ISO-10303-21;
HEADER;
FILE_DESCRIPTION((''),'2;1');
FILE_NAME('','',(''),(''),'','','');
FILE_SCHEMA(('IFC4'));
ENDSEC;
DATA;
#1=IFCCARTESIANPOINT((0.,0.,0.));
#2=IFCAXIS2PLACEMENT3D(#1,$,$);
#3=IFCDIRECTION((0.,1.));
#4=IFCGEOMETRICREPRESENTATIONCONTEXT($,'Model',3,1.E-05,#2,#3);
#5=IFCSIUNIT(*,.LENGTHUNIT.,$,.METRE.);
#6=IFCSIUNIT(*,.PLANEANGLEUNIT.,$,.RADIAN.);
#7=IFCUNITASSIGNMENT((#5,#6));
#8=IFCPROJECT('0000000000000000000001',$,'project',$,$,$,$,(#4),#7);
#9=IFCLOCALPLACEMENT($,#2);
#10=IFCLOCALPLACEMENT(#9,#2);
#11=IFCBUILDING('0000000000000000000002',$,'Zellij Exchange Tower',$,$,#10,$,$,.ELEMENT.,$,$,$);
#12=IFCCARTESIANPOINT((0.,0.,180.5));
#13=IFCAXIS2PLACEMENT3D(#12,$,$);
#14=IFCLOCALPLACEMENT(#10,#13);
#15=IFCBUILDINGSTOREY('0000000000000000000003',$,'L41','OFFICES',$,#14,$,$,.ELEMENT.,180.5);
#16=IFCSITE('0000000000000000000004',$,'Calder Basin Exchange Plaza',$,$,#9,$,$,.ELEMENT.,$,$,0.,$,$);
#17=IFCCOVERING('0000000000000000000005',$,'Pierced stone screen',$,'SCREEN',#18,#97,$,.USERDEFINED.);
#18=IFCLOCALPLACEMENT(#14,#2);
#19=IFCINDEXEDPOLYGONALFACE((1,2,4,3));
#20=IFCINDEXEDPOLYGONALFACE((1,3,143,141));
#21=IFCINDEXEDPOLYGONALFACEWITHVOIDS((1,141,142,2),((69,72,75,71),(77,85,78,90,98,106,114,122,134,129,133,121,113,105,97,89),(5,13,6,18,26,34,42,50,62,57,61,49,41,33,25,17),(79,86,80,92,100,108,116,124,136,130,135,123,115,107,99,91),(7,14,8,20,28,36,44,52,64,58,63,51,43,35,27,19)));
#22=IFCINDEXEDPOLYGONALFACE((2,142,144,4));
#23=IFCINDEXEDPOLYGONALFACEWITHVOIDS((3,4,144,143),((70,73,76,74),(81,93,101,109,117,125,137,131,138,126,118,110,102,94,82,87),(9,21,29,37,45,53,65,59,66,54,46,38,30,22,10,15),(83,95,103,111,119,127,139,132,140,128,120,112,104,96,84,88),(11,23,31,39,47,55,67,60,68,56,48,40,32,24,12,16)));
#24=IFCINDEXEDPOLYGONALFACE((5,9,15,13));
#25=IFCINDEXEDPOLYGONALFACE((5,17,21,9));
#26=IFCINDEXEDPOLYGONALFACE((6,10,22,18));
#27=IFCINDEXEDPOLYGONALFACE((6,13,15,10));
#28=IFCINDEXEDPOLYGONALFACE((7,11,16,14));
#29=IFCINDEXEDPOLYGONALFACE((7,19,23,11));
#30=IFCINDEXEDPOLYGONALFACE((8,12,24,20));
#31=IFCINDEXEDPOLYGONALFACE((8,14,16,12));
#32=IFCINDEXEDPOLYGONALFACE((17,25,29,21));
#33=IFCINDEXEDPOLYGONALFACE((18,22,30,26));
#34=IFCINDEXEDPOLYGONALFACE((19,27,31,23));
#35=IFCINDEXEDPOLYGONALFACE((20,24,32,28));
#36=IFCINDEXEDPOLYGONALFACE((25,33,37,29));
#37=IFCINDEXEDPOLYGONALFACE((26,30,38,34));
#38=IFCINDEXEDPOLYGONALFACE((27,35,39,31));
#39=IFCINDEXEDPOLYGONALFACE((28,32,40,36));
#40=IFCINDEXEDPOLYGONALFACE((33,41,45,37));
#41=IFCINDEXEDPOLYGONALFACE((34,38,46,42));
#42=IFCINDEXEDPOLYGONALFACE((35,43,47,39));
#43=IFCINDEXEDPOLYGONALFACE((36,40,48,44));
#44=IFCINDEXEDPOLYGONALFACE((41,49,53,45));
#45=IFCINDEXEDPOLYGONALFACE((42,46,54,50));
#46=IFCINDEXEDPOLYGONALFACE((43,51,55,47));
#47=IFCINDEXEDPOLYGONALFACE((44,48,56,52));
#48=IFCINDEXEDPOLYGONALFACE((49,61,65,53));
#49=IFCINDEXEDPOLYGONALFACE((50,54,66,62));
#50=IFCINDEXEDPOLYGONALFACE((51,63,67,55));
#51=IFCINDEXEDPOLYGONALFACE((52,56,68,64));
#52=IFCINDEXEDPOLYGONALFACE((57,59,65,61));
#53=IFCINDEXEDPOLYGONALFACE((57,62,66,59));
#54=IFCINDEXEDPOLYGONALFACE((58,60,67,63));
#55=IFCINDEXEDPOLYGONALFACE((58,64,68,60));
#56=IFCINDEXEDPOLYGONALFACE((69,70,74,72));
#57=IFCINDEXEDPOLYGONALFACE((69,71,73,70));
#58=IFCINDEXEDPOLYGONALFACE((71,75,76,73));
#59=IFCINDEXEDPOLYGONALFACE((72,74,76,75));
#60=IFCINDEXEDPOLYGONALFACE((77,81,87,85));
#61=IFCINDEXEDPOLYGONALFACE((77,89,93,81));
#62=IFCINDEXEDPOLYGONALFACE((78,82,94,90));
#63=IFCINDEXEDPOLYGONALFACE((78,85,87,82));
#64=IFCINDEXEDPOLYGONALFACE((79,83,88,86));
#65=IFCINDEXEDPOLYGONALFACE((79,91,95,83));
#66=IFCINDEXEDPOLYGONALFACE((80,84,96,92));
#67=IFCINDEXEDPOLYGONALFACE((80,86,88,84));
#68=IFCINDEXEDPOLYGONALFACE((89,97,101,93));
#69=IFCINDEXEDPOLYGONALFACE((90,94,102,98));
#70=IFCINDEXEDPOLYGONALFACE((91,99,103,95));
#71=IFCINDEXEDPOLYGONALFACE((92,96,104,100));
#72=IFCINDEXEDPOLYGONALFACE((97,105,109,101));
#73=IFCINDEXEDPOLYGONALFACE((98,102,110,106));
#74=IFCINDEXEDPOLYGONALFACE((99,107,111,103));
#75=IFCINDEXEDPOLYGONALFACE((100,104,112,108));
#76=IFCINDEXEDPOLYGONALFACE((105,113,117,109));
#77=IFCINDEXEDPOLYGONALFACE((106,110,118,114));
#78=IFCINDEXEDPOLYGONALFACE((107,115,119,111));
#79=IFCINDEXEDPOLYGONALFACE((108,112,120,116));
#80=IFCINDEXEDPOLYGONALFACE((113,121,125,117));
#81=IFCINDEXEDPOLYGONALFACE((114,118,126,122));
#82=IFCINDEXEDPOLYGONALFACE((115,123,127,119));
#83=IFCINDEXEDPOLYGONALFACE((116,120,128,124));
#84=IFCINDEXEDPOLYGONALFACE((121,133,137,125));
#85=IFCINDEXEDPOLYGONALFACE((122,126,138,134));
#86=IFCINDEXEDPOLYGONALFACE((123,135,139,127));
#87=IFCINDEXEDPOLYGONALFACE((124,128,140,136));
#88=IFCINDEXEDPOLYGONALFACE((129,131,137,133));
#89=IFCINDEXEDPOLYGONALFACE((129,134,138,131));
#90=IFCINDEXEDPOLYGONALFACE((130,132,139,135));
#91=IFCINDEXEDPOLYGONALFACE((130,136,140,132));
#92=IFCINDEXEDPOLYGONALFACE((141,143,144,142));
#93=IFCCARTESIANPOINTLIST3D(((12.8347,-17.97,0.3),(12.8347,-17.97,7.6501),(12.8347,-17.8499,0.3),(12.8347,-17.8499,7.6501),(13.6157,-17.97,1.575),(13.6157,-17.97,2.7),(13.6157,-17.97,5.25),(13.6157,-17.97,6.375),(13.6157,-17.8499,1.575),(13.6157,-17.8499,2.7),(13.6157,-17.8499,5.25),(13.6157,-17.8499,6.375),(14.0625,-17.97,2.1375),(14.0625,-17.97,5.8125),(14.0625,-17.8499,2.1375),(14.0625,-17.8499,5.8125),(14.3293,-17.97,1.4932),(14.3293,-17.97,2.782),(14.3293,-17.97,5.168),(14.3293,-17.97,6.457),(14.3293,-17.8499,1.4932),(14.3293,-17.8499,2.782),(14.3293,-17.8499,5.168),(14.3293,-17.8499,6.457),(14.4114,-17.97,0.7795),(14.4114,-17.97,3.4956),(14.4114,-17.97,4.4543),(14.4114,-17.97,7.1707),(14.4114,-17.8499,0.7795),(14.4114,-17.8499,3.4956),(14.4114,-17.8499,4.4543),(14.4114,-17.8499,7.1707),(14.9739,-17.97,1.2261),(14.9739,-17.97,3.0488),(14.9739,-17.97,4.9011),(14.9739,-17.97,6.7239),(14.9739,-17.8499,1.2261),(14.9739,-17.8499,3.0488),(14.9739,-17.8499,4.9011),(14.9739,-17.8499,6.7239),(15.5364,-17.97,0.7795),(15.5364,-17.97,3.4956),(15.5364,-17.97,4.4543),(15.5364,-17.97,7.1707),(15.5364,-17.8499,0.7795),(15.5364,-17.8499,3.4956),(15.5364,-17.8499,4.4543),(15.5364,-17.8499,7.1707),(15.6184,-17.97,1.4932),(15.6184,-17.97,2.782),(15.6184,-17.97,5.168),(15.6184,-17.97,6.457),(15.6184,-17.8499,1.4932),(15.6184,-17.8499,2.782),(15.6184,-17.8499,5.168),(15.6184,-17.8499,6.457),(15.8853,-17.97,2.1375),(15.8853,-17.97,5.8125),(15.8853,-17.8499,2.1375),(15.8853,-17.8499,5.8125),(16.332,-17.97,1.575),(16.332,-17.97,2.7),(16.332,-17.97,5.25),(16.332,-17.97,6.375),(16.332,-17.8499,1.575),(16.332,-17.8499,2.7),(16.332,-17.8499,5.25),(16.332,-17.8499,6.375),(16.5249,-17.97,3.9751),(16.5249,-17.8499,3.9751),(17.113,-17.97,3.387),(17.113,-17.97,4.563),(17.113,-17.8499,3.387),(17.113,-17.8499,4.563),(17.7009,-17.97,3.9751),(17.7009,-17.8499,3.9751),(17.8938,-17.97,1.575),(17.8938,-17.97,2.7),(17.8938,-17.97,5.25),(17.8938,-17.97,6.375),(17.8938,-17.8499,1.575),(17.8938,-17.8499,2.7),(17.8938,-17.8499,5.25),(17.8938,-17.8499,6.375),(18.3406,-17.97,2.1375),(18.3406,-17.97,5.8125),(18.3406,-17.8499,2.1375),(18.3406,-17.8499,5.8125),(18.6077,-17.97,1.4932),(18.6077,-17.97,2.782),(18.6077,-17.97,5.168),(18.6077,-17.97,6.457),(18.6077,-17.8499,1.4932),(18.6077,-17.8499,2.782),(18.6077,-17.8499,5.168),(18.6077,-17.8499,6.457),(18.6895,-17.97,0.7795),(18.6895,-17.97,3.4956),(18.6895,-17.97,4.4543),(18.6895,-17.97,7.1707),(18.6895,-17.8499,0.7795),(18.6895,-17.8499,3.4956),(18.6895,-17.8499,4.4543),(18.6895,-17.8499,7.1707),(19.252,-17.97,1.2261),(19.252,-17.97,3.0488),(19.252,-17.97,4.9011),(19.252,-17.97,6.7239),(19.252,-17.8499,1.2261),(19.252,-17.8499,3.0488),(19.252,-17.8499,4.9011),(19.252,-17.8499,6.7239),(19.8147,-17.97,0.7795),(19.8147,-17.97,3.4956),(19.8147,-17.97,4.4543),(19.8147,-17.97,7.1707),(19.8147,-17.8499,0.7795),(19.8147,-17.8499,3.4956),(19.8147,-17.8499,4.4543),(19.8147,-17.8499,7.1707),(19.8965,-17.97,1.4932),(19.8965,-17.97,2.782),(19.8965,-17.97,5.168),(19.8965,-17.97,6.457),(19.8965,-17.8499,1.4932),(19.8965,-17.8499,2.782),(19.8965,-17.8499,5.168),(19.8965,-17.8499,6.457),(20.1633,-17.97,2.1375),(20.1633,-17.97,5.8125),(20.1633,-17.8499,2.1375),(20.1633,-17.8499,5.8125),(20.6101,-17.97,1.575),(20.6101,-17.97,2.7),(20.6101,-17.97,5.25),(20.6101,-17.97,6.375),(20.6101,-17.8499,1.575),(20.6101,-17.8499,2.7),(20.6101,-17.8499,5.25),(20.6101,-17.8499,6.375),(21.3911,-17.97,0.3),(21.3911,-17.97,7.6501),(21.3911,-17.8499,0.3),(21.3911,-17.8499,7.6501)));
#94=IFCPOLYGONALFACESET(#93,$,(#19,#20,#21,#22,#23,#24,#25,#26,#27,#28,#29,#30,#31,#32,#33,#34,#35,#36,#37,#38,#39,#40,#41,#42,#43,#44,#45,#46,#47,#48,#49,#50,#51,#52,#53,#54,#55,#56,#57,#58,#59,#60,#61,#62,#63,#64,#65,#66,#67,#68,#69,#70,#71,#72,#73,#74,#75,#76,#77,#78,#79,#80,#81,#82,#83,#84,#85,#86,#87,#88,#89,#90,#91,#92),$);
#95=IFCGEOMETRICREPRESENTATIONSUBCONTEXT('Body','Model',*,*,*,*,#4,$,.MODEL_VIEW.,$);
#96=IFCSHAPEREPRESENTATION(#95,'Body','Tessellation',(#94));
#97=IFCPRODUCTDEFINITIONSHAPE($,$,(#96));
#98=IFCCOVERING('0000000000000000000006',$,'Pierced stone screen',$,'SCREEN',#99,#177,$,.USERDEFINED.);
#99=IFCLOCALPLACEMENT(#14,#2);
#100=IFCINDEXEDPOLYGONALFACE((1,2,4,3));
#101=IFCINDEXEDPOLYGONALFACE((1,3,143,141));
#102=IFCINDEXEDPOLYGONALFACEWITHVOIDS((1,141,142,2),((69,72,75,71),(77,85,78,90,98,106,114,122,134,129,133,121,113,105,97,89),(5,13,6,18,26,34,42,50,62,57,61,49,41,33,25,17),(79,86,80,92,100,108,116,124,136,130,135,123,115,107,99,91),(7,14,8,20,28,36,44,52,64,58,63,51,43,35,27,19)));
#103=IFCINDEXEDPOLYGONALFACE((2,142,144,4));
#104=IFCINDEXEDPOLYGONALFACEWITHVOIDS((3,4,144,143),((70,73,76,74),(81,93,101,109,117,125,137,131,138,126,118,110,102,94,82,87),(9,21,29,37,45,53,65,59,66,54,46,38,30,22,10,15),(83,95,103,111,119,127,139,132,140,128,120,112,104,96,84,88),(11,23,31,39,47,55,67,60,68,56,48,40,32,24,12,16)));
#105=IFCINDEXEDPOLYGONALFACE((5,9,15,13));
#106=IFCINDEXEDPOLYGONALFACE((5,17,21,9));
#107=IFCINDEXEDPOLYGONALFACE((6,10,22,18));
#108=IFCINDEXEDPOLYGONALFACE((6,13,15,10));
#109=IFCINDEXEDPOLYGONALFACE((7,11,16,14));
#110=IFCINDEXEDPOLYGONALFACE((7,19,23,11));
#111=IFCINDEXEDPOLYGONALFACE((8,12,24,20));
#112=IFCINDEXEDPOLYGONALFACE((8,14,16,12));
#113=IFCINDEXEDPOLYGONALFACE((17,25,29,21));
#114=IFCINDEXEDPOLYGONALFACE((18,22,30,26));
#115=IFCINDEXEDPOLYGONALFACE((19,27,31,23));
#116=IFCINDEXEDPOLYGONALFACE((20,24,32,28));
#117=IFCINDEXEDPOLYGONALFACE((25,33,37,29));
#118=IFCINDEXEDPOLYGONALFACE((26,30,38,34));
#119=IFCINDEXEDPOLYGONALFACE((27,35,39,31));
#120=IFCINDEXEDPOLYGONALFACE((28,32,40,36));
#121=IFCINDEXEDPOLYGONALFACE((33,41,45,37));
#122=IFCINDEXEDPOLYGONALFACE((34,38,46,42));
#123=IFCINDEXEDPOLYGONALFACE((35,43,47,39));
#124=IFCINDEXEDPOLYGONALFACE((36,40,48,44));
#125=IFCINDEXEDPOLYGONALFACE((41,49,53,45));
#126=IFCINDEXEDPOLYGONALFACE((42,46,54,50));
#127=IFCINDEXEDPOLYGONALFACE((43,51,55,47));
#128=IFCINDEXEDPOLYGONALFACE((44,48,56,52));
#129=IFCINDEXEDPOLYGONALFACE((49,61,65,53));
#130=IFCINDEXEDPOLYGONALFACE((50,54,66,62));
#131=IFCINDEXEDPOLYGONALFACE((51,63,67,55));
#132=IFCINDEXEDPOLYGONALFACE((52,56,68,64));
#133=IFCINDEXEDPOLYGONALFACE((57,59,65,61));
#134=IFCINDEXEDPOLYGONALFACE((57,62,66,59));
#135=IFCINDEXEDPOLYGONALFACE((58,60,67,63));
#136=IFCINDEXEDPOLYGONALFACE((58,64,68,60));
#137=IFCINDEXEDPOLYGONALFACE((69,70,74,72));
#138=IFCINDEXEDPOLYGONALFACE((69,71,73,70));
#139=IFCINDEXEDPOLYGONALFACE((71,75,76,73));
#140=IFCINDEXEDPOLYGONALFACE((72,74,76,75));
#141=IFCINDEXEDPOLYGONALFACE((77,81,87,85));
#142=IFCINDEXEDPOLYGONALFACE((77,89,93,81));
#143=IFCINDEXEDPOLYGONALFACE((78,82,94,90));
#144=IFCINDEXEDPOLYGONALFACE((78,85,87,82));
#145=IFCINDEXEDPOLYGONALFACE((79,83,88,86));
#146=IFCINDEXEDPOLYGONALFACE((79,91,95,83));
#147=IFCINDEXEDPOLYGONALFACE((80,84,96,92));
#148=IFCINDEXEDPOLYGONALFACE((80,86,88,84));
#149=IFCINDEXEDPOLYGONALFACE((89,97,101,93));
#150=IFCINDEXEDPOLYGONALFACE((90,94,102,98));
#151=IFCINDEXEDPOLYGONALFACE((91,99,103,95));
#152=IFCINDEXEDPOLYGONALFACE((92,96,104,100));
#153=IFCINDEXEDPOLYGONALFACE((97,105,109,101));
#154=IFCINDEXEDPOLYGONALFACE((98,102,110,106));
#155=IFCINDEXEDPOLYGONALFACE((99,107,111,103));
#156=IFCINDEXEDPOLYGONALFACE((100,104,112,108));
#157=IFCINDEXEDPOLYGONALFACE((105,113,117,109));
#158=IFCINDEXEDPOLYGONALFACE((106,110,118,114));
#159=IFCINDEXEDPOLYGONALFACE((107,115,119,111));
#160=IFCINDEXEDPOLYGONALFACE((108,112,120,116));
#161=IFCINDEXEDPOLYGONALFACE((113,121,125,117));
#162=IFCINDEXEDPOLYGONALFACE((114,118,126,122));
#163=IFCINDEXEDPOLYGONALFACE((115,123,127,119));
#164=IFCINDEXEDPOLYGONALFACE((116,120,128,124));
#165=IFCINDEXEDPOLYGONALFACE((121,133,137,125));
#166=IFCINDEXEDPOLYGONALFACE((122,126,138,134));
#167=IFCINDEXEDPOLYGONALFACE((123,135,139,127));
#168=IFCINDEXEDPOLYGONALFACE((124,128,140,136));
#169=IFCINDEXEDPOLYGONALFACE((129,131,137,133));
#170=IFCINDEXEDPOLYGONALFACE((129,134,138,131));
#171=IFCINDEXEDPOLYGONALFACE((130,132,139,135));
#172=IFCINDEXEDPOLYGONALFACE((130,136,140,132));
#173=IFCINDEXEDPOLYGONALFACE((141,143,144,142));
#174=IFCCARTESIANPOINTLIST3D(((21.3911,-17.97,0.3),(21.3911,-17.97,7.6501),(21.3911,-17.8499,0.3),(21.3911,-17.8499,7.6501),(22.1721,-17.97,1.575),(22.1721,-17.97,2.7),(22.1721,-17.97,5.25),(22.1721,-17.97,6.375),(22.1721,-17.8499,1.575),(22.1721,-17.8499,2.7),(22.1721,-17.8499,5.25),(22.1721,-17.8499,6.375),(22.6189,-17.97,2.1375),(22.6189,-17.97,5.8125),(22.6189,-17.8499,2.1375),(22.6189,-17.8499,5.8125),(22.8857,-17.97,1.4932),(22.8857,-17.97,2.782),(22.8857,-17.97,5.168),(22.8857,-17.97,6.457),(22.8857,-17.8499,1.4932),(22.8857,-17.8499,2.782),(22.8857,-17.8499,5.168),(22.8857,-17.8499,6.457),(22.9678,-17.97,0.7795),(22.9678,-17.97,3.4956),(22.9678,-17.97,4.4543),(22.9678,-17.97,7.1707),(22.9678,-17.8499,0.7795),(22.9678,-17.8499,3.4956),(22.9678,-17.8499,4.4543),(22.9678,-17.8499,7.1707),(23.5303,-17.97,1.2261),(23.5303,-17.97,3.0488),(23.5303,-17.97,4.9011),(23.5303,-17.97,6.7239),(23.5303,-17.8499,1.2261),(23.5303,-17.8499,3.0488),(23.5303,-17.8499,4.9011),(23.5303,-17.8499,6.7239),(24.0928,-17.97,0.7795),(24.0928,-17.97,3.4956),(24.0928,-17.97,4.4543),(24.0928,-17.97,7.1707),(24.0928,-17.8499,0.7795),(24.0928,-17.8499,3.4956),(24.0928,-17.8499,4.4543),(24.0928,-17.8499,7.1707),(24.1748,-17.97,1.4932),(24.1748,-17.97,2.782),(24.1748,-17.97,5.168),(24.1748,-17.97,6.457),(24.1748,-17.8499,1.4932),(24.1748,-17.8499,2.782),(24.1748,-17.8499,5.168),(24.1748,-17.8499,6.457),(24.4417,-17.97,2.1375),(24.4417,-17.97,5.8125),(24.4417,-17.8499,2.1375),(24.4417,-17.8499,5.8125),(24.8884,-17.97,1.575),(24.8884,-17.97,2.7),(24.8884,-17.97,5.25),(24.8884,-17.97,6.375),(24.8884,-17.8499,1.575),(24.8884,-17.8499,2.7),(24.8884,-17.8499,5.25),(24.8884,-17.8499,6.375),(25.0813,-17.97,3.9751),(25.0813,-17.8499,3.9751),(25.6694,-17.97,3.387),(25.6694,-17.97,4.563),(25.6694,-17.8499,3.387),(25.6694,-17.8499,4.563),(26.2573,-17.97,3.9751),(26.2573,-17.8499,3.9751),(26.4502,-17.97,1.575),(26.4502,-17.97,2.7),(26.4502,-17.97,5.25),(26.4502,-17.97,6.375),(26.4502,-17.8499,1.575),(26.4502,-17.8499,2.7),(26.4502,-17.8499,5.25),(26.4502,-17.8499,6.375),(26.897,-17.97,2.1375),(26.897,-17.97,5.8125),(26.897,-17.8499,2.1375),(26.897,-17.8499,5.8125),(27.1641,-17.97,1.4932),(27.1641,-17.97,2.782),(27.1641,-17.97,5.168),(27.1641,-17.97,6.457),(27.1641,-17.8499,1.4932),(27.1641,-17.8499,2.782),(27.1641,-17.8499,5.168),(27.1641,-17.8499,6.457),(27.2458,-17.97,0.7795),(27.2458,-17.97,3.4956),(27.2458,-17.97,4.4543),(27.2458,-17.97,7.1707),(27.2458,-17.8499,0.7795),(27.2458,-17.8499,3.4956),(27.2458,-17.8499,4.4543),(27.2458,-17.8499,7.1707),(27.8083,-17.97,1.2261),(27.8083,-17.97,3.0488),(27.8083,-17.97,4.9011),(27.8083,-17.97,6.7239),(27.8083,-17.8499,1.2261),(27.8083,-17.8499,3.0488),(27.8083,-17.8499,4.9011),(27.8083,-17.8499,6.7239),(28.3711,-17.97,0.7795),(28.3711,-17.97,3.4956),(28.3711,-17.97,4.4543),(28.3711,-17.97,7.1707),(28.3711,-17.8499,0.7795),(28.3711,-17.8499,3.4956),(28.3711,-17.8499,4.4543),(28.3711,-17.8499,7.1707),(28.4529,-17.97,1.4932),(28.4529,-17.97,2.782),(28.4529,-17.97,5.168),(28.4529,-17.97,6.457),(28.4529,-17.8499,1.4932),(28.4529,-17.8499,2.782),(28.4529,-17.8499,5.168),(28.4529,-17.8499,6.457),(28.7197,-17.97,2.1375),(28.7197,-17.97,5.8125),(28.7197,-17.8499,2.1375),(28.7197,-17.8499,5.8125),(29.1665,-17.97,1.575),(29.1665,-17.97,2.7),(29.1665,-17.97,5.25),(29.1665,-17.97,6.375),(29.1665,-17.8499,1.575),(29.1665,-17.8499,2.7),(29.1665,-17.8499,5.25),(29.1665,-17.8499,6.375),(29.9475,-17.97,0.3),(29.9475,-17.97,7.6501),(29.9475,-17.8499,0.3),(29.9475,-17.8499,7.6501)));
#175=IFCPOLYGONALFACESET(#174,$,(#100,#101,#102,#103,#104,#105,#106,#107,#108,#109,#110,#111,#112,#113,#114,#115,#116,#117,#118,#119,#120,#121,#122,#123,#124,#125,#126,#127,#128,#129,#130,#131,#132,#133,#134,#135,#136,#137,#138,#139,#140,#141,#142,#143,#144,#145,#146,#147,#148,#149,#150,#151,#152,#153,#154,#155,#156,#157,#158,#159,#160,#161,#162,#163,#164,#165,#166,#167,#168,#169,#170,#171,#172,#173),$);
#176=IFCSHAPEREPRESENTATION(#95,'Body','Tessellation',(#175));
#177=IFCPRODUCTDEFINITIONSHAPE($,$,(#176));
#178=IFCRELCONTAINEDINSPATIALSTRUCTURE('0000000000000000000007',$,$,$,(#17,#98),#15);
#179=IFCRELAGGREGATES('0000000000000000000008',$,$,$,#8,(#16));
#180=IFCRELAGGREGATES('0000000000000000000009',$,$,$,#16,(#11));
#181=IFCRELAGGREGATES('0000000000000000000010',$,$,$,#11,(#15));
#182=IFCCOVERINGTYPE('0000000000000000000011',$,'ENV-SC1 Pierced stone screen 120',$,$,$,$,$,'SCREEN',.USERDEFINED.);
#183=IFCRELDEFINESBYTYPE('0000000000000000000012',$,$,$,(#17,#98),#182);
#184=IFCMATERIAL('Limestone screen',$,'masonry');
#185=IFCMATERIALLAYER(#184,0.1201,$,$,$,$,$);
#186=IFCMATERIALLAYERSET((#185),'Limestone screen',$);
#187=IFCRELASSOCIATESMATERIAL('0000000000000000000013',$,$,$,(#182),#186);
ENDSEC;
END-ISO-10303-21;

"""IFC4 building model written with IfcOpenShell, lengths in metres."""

from ifc_helpers import new_model, si_unit, direction, frame, origin, place, context, subcontext, project, spatial, polyline, outline, extrude, material, layer, layer_set, type_object, element, save


model = new_model("IFC4")

# Units and contexts
model_context = context("Model", 3, precision=1e-05, world=origin(), true_north=direction((0.0, 1.0)))
body_context = subcontext(model_context, "Body", "Model", "MODEL_VIEW")
ifc_project = project(units=[si_unit("LENGTHUNIT", "METRE"), si_unit("PLANEANGLEUNIT", "RADIAN")], contexts=[model_context])

# Site, building, storey
site_placement = place(None, origin())
site = spatial("IfcSite", under=ifc_project, at=site_placement, Name="Calder Basin Exchange Plaza", CompositionType="ELEMENT", RefElevation=0.0)
building_placement = place(site_placement, origin())
building = spatial("IfcBuilding", under=site, at=building_placement, Name="Zellij Exchange Tower", CompositionType="ELEMENT")
storey_placement = place(building_placement, frame((0.0, 0.0, 180.5)))
storey = spatial("IfcBuildingStorey", under=building, at=storey_placement, Name="L41", Description="OFFICES", CompositionType="ELEMENT", Elevation=180.5)

# Coverings
ifc_material_1 = material(Name="Limestone screen", Category="masonry")
ifc_layer_1 = layer(ifc_material_1, 0.1201)
ifc_layer_set_1 = layer_set([ifc_layer_1], Name="Limestone screen")
covering_type = type_object("IfcCoveringType", Name="ENV-SC1 Pierced stone screen 120", ElementType="SCREEN", PredefinedType="USERDEFINED", material=ifc_layer_set_1)
covering_1_placement = place(storey_placement, frame((12.8347, -17.9099, 0.3), z_axis=(0.0, 0.0, 1.0), x_axis=(1.0, 0.0, 0.0)))
element("IfcCovering", 1, at=covering_1_placement, inside=storey, type_object=covering_type, Name="Pierced stone screen", ObjectType="SCREEN", PredefinedType="USERDEFINED", context=body_context, shape_type="SweptSolid", body=[
    extrude(outline(polyline([(0.0, 0.0), (8.5564, 0.0), (8.5564, 7.3501), (0.0, 7.3501), (0.0, 0.0)]), holes=[polyline([(3.4973, 2.3999), (2.7837, 2.4819), (2.7017, 3.1956), (2.1392, 2.7488), (1.5767, 3.1956), (1.4946, 2.4819), (0.781, 2.3999), (1.2278, 1.8374), (0.781, 1.2749), (1.4946, 1.1931), (1.5767, 0.4795), (2.1392, 0.926), (2.7017, 0.4795), (2.7837, 1.1931), (3.4973, 1.2749), (3.0505, 1.8374), (3.4973, 2.3999)]), polyline([(3.4973, 6.075), (2.7837, 6.157), (2.7017, 6.8706), (2.1392, 6.4238), (1.5767, 6.8706), (1.4946, 6.157), (0.781, 6.075), (1.2278, 5.5125), (0.781, 4.95), (1.4946, 4.8679), (1.5767, 4.1543), (2.1392, 4.6011), (2.7017, 4.1543), (2.7837, 4.8679), (3.4973, 4.95), (3.0505, 5.5125), (3.4973, 6.075)]), polyline([(7.7754, 2.3999), (7.0618, 2.4819), (6.98, 3.1956), (6.4172, 2.7488), (5.8547, 3.1956), (5.7729, 2.4819), (5.0591, 2.3999), (5.5059, 1.8374), (5.0591, 1.2749), (5.7729, 1.1931), (5.8547, 0.4795), (6.4172, 0.926), (6.98, 0.4795), (7.0618, 1.1931), (7.7754, 1.2749), (7.3286, 1.8374), (7.7754, 2.3999)]), polyline([(7.7754, 6.075), (7.0618, 6.157), (6.98, 6.8706), (6.4172, 6.4238), (5.8547, 6.8706), (5.7729, 6.157), (5.0591, 6.075), (5.5059, 5.5125), (5.0591, 4.95), (5.7729, 4.8679), (5.8547, 4.1543), (6.4172, 4.6011), (6.98, 4.1543), (7.0618, 4.8679), (7.7754, 4.95), (7.3286, 5.5125), (7.7754, 6.075)]), polyline([(4.8662, 3.675), (4.2783, 4.2629), (3.6902, 3.675), (4.2783, 3.0869), (4.8662, 3.675)])]), frame((0.0, 0.0601, 0.0), z_axis=(0.0, -1.0, 0.0), x_axis=(1.0, 0.0, 0.0)), (0.0, 0.0, 1.0), 0.1201),
])
covering_2_placement = place(storey_placement, frame((21.3911, -17.9099, 0.3), z_axis=(0.0, 0.0, 1.0), x_axis=(1.0, 0.0, 0.0)))
element("IfcCovering", 2, at=covering_2_placement, inside=storey, type_object=covering_type, Name="Pierced stone screen", ObjectType="SCREEN", PredefinedType="USERDEFINED", context=body_context, shape_type="SweptSolid", body=[
    extrude(outline(polyline([(0.0, 0.0), (8.5564, 0.0), (8.5564, 7.3501), (0.0, 7.3501), (0.0, 0.0)]), holes=[polyline([(3.4973, 2.3999), (2.7837, 2.4819), (2.7017, 3.1956), (2.1392, 2.7488), (1.5767, 3.1956), (1.4946, 2.4819), (0.781, 2.3999), (1.2278, 1.8374), (0.781, 1.2749), (1.4946, 1.1931), (1.5767, 0.4795), (2.1392, 0.926), (2.7017, 0.4795), (2.7837, 1.1931), (3.4973, 1.2749), (3.0505, 1.8374), (3.4973, 2.3999)]), polyline([(3.4973, 6.075), (2.7837, 6.157), (2.7017, 6.8706), (2.1392, 6.4238), (1.5767, 6.8706), (1.4946, 6.157), (0.781, 6.075), (1.2278, 5.5125), (0.781, 4.95), (1.4946, 4.8679), (1.5767, 4.1543), (2.1392, 4.6011), (2.7017, 4.1543), (2.7837, 4.8679), (3.4973, 4.95), (3.0505, 5.5125), (3.4973, 6.075)]), polyline([(7.7754, 2.3999), (7.0618, 2.4819), (6.98, 3.1956), (6.4172, 2.7488), (5.8547, 3.1956), (5.7729, 2.4819), (5.0591, 2.3999), (5.5059, 1.8374), (5.0591, 1.2749), (5.7729, 1.1931), (5.8547, 0.4795), (6.4172, 0.926), (6.98, 0.4795), (7.0618, 1.1931), (7.7754, 1.2749), (7.3286, 1.8374), (7.7754, 2.3999)]), polyline([(7.7754, 6.075), (7.0618, 6.157), (6.98, 6.8706), (6.4172, 6.4238), (5.8547, 6.8706), (5.7729, 6.157), (5.0591, 6.075), (5.5059, 5.5125), (5.0591, 4.95), (5.7729, 4.8679), (5.8547, 4.1543), (6.4172, 4.6011), (6.98, 4.1543), (7.0618, 4.8679), (7.7754, 4.95), (7.3286, 5.5125), (7.7754, 6.075)]), polyline([(4.8662, 3.675), (4.2783, 4.2629), (3.6902, 3.675), (4.2783, 3.0869), (4.8662, 3.675)])]), frame((0.0, 0.0601, 0.0), z_axis=(0.0, -1.0, 0.0), x_axis=(1.0, 0.0, 0.0)), (0.0, 0.0, 1.0), 0.1201),
])

save(model, "model.ifc")
